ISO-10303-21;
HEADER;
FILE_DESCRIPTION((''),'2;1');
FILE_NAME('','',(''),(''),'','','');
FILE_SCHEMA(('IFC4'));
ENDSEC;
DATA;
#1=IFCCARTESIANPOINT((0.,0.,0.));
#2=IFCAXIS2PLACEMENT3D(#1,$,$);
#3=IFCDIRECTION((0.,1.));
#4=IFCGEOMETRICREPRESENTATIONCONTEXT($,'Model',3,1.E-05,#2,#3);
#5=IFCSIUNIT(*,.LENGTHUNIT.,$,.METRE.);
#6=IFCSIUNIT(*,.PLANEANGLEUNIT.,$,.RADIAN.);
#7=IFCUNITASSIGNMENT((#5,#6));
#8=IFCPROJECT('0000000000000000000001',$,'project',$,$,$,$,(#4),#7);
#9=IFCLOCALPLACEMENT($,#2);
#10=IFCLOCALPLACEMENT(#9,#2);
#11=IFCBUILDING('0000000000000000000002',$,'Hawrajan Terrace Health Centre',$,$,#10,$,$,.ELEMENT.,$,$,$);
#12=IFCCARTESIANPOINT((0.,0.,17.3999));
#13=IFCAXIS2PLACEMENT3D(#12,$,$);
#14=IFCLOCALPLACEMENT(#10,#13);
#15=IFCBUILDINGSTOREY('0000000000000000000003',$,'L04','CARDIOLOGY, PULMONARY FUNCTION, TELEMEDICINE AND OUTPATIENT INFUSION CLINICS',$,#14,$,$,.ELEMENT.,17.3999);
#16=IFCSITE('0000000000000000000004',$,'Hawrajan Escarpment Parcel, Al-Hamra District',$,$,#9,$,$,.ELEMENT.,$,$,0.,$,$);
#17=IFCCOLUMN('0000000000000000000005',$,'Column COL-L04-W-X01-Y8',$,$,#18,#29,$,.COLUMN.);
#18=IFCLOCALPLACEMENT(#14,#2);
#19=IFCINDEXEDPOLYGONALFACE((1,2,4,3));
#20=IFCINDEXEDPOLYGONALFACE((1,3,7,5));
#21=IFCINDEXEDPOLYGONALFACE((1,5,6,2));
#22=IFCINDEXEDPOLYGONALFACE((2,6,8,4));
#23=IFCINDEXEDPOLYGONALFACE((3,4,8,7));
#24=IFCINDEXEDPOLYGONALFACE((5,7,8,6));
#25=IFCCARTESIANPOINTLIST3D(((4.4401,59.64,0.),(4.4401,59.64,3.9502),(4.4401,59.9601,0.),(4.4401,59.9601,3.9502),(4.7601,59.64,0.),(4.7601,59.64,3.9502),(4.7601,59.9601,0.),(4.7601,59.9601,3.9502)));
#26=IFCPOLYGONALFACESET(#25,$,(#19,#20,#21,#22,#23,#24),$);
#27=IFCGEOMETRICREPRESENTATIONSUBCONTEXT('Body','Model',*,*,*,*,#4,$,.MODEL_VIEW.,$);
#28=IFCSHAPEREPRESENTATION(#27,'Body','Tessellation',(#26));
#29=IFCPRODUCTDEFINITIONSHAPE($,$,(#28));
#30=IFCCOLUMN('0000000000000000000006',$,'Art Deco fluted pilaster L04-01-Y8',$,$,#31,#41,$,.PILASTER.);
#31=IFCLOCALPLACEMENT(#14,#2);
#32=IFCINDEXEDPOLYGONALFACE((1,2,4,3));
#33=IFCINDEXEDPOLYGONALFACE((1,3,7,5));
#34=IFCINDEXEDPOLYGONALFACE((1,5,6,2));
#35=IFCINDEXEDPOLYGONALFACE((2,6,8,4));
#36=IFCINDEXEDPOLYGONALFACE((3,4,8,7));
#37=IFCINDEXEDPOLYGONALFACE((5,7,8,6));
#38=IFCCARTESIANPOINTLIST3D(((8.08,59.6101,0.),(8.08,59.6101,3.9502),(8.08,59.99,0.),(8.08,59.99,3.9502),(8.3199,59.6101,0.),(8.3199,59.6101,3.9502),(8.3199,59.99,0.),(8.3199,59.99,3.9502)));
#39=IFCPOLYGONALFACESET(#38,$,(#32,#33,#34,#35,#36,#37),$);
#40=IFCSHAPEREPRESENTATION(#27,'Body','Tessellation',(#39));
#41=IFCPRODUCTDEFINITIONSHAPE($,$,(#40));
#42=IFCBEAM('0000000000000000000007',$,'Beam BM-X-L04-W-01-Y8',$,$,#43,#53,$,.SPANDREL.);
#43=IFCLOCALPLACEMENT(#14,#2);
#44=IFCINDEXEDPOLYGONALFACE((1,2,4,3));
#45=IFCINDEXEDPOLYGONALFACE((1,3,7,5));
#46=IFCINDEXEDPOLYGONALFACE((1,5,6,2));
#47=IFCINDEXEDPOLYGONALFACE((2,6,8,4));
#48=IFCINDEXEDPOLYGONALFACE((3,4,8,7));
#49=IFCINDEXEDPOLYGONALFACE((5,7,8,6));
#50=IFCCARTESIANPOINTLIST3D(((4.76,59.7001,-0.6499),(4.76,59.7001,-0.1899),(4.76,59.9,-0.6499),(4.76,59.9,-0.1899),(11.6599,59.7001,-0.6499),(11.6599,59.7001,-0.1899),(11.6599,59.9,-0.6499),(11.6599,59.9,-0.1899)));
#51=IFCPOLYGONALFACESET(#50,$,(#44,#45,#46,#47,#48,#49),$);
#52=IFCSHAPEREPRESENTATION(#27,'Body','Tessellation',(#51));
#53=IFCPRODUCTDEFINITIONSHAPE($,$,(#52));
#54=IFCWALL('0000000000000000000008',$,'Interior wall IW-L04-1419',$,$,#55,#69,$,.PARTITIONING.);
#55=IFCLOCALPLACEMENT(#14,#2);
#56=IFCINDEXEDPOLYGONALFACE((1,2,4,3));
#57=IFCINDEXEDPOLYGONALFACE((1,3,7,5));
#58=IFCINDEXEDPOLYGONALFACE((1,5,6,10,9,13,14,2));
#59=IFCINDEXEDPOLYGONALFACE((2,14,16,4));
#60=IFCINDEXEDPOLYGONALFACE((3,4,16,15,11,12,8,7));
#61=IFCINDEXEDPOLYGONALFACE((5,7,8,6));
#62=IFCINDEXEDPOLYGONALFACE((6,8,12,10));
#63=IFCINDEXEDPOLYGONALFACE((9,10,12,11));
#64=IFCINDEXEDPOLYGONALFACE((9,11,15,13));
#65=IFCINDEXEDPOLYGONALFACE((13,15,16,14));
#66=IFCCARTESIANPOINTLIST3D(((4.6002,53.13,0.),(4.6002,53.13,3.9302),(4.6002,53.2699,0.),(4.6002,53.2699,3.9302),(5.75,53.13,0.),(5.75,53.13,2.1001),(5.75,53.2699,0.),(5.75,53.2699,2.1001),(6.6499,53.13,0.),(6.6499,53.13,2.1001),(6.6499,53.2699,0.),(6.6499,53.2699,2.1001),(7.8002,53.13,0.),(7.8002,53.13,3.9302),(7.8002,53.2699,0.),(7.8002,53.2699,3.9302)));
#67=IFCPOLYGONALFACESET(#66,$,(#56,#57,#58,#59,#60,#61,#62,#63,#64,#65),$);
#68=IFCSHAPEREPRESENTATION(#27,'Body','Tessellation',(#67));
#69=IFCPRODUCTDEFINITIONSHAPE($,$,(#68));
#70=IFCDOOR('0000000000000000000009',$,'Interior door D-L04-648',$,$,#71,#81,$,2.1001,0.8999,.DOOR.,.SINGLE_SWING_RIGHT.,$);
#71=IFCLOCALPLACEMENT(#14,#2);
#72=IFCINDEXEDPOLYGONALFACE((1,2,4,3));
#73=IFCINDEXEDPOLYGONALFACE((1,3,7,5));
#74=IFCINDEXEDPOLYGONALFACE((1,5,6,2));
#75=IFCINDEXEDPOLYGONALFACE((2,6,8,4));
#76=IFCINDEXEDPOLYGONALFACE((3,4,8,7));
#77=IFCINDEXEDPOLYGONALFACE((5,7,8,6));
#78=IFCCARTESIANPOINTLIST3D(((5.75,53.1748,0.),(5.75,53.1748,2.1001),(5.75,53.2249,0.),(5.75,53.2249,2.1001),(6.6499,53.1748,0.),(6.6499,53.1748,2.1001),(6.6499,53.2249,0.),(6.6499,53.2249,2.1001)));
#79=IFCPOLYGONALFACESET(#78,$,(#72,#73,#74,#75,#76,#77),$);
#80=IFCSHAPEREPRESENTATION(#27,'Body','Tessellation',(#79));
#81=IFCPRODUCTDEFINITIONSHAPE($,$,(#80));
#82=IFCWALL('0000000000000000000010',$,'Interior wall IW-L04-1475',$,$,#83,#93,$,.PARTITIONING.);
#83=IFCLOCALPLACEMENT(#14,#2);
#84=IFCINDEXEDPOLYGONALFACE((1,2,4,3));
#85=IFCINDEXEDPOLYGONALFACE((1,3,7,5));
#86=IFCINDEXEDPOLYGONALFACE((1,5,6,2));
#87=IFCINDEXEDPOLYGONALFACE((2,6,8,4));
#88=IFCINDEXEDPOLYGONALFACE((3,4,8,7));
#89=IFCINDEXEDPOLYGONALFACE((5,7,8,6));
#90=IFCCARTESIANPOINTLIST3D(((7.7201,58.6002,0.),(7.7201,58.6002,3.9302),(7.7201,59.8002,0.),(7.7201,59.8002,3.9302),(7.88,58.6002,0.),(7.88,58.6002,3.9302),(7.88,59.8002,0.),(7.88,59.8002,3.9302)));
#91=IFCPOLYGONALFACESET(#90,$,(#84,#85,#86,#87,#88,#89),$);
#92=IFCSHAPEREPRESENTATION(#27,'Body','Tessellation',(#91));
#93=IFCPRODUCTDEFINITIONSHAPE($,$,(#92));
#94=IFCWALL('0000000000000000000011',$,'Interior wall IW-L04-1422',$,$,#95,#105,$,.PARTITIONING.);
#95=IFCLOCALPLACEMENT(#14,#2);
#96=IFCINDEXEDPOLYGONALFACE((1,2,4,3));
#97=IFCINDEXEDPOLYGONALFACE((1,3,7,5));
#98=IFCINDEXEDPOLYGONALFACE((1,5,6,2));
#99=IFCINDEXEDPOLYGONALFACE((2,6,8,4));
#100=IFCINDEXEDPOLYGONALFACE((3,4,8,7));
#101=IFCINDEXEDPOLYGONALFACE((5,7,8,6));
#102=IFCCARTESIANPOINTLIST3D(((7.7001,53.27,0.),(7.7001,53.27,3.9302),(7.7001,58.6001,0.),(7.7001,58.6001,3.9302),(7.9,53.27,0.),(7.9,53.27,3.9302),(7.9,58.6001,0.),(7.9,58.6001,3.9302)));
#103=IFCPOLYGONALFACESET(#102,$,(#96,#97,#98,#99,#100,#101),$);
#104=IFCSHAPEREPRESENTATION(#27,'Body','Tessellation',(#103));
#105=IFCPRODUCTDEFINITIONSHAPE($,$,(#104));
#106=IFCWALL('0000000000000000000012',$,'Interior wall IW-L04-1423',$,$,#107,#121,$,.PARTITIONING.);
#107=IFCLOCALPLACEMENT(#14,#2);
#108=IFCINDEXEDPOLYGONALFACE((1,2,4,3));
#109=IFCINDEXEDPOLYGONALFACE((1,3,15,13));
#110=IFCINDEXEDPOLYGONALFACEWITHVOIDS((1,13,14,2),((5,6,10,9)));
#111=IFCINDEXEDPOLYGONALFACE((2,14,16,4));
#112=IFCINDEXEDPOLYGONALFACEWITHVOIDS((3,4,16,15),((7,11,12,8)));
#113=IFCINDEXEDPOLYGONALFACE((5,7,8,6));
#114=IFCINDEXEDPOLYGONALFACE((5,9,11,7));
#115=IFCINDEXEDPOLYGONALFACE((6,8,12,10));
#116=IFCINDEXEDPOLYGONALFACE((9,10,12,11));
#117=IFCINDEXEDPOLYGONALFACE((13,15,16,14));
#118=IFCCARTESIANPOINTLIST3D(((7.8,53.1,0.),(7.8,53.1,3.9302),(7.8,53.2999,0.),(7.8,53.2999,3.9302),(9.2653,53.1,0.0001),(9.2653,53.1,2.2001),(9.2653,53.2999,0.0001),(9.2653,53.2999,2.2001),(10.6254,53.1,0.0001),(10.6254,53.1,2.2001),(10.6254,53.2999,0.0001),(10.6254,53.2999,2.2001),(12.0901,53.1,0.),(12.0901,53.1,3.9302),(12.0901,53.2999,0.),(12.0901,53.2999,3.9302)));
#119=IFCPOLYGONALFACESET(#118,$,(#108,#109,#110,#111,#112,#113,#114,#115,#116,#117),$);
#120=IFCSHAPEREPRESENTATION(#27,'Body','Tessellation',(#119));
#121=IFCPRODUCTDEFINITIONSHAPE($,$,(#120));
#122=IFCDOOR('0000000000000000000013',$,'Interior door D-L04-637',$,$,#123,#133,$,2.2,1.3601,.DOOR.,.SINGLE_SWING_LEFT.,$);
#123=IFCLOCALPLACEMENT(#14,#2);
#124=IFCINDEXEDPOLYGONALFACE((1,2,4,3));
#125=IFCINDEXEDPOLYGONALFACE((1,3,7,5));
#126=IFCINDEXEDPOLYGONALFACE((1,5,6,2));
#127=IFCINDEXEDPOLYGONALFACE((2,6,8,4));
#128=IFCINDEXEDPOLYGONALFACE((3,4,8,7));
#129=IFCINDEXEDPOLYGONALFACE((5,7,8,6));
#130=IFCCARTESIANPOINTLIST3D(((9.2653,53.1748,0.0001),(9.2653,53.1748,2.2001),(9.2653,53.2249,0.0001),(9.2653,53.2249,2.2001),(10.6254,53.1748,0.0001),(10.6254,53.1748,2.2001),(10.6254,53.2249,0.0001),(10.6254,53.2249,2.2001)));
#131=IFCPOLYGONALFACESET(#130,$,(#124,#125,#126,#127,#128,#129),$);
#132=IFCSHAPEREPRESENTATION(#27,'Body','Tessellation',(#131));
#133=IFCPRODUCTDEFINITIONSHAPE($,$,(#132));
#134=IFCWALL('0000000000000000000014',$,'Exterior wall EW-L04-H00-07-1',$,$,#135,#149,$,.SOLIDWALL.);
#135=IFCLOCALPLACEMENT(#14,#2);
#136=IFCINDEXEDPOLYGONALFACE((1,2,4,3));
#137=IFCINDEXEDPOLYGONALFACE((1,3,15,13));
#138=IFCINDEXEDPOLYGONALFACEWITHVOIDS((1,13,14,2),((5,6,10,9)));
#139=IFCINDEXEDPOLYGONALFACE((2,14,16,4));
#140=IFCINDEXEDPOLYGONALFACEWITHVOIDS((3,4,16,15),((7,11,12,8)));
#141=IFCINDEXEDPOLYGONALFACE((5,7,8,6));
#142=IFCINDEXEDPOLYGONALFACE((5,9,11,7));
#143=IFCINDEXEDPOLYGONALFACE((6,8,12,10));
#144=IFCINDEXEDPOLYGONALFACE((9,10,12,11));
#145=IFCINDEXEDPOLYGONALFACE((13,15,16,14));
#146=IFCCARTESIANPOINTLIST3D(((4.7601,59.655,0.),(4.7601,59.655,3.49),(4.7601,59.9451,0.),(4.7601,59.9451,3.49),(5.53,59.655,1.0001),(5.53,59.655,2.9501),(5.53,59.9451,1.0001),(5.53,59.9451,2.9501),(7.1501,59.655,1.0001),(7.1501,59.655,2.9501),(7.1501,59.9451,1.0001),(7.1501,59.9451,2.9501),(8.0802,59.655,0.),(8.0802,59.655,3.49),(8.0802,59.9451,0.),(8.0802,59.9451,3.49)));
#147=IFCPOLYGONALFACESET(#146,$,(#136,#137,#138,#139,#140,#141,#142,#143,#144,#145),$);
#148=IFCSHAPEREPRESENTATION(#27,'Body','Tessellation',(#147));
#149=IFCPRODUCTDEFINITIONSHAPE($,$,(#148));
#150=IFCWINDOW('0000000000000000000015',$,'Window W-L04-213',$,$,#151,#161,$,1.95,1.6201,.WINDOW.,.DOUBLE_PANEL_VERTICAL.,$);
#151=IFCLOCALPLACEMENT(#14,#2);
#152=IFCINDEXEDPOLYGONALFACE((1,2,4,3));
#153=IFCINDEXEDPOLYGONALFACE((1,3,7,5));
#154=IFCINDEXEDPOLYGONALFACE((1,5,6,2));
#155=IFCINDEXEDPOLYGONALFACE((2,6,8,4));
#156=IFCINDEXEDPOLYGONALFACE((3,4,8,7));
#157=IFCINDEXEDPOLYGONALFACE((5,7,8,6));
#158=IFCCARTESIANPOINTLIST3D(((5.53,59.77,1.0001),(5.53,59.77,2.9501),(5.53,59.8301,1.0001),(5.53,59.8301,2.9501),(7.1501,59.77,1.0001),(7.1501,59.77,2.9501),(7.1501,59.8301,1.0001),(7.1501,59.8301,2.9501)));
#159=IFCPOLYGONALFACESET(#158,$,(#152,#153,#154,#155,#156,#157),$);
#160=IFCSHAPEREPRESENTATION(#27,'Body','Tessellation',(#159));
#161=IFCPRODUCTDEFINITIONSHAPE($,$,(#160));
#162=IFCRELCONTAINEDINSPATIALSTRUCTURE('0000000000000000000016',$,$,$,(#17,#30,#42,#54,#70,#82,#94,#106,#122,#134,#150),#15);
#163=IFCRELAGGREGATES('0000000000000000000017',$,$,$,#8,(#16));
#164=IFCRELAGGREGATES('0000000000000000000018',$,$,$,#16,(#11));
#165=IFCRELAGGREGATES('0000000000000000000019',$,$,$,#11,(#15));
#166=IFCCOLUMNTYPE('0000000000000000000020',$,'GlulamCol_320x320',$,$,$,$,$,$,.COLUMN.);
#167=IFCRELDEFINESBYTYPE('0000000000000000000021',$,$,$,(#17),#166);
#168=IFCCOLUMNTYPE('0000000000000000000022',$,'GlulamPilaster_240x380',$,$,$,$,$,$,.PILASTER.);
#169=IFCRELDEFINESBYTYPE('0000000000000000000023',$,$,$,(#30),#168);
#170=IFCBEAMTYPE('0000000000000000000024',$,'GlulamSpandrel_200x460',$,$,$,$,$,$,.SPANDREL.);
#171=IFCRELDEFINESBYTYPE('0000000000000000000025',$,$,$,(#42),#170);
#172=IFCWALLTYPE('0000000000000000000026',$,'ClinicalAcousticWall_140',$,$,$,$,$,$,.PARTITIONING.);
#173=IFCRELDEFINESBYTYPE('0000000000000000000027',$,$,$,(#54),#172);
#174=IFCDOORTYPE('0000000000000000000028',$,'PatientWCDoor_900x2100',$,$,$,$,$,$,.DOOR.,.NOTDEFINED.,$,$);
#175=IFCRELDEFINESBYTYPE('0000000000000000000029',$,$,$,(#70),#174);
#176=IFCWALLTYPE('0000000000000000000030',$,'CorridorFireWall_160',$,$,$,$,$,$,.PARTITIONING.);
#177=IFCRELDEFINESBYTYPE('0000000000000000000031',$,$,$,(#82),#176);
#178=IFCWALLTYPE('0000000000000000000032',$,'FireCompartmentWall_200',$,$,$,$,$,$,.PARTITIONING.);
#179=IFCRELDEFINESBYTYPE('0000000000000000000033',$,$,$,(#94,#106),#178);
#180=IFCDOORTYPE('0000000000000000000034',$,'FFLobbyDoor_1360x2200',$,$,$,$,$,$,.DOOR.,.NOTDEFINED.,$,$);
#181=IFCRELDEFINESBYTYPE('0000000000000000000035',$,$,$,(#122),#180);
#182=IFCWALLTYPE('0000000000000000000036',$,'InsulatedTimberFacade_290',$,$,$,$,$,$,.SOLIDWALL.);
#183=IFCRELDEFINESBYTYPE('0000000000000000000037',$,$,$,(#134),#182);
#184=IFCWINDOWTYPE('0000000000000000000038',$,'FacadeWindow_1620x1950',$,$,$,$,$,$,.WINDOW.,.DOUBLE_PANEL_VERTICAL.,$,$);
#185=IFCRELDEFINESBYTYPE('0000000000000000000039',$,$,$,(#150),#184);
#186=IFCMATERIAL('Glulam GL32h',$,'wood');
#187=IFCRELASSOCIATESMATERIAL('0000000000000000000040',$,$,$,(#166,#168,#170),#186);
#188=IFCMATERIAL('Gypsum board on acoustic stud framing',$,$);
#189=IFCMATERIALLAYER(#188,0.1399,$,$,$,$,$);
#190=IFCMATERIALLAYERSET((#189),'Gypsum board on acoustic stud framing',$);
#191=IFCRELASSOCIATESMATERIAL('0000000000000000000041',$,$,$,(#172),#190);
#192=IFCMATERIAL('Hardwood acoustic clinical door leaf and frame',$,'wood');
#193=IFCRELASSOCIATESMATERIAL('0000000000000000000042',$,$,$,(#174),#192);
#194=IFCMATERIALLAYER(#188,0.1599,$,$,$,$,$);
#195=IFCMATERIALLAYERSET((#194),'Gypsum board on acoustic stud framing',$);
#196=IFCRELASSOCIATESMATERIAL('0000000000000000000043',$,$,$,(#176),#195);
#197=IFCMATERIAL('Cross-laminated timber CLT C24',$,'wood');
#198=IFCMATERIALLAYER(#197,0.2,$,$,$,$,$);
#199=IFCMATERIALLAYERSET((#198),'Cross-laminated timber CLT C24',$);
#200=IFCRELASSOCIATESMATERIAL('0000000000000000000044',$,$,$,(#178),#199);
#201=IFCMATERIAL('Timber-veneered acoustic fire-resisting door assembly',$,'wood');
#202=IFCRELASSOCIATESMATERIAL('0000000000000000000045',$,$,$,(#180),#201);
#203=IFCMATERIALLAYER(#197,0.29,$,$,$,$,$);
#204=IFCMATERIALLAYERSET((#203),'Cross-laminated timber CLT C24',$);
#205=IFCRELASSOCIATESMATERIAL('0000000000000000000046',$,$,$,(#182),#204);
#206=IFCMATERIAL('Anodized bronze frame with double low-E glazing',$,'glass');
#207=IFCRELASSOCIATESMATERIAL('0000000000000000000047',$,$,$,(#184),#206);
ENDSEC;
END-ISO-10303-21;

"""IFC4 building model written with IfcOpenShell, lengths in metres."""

from ifc_helpers import new_model, si_unit, direction, frame, frame_2d, origin, origin_2d, place, context, subcontext, project, spatial, rectangle, extrude, material, layer, layer_set, material_profile, profile_set, type_object, element, fill, save


model = new_model("IFC4")

# Units and contexts
model_context = context("Model", 3, precision=1e-05, world=origin(), true_north=direction((0.0, 1.0)))
body_context = subcontext(model_context, "Body", "Model", "MODEL_VIEW")
ifc_project = project(units=[si_unit("LENGTHUNIT", "METRE"), si_unit("PLANEANGLEUNIT", "RADIAN")], contexts=[model_context])

# Site, building, storey
site_placement = place(None, origin())
site = spatial("IfcSite", under=ifc_project, at=site_placement, Name="Hawrajan Escarpment Parcel, Al-Hamra District", CompositionType="ELEMENT", RefElevation=0.0)
building_placement = place(site_placement, origin())
building = spatial("IfcBuilding", under=site, at=building_placement, Name="Hawrajan Terrace Health Centre", CompositionType="ELEMENT")
storey_placement = place(building_placement, frame((0.0, 0.0, 17.3999)))
storey = spatial("IfcBuildingStorey", under=building, at=storey_placement, Name="L04", Description="CARDIOLOGY, PULMONARY FUNCTION, TELEMEDICINE AND OUTPATIENT INFUSION CLINICS", CompositionType="ELEMENT", Elevation=17.3999)

# Columns
ifc_material_1 = material(Name="Glulam GL32h", Category="wood")
ifc_material_profile_1 = material_profile(ifc_material_1, rectangle(XDim=0.3201, YDim=0.3201, at=origin_2d()), Name="GL 320x320")
ifc_profile_set_1 = profile_set([ifc_material_profile_1], Name="Glulam GL32h")
column_type_1 = type_object("IfcColumnType", Name="GlulamCol_320x320", PredefinedType="COLUMN", material=ifc_profile_set_1)
column_1_placement = place(storey_placement, frame((4.6001, 59.8, 0.0), z_axis=(0.0, 0.0, 1.0), x_axis=(1.0, 0.0, 0.0)))
element("IfcColumn", 1, at=column_1_placement, inside=storey, type_object=column_type_1, Name="Column COL-L04-W-X01-Y8", PredefinedType="COLUMN", context=body_context, shape_type="SweptSolid", body=[
    extrude(rectangle(XDim=0.3201, YDim=0.3201, at=origin_2d()), origin(), (0.0, 0.0, 1.0), 3.9502),
])
ifc_material_profile_2 = material_profile(ifc_material_1, rectangle(XDim=0.24, YDim=0.3799, at=origin_2d()), Name="GL PIL 240x380")
ifc_profile_set_2 = profile_set([ifc_material_profile_2], Name="Glulam GL32h")
column_type_2 = type_object("IfcColumnType", Name="GlulamPilaster_240x380", PredefinedType="PILASTER", material=ifc_profile_set_2)
column_2_placement = place(storey_placement, frame((8.2, 59.8, 0.0), z_axis=(0.0, 0.0, 1.0), x_axis=(1.0, 0.0, 0.0)))
element("IfcColumn", 2, at=column_2_placement, inside=storey, type_object=column_type_2, Name="Art Deco fluted pilaster L04-01-Y8", PredefinedType="PILASTER", context=body_context, shape_type="SweptSolid", body=[
    extrude(rectangle(XDim=0.24, YDim=0.3799, at=origin_2d()), origin(), (0.0, 0.0, 1.0), 3.9502),
])

# Beam
ifc_material_profile_3 = material_profile(ifc_material_1, rectangle(XDim=0.2, YDim=0.46, at=origin_2d()), Name="GL SP 200x460")
ifc_profile_set_3 = profile_set([ifc_material_profile_3], Name="Glulam GL32h")
beam_type = type_object("IfcBeamType", Name="GlulamSpandrel_200x460", PredefinedType="SPANDREL", material=ifc_profile_set_3)
beam_placement = place(storey_placement, frame((4.76, 59.8, -0.4199), z_axis=(1.0, 0.0, 0.0), x_axis=(0.0, 1.0, 0.0)))
element("IfcBeam", 3, at=beam_placement, inside=storey, type_object=beam_type, Name="Beam BM-X-L04-W-01-Y8", PredefinedType="SPANDREL", context=body_context, shape_type="SweptSolid", body=[
    extrude(rectangle(XDim=0.2, YDim=0.46, at=origin_2d()), origin(), (0.0, 0.0, 1.0), 6.8999),
])

# Wall, opening, door
ifc_material_2 = material(Name="Gypsum board on acoustic stud framing")
ifc_layer_1 = layer(ifc_material_2, 0.1399)
ifc_layer_set_1 = layer_set([ifc_layer_1], Name="Gypsum board on acoustic stud framing")
wall_type_1 = type_object("IfcWallType", Name="ClinicalAcousticWall_140", PredefinedType="PARTITIONING", material=ifc_layer_set_1)
wall_1_placement = place(storey_placement, frame((4.6001, 53.2, 0.0), z_axis=(0.0, 0.0, 1.0), x_axis=(1.0, 0.0, 0.0)))
wall_1 = element("IfcWall", 4, at=wall_1_placement, inside=storey, type_object=wall_type_1, Name="Interior wall IW-L04-1419", PredefinedType="PARTITIONING", context=body_context, shape_type="SweptSolid", body=[
    extrude(rectangle(XDim=3.2, YDim=0.1399, at=frame_2d((1.6001, 0.0))), origin(), (0.0, 0.0, 1.0), 3.9302),
])
opening_1_placement = place(wall_1_placement, frame((1.1499, 0.0, 0.0)))
opening_1 = element("IfcOpeningElement", 5, at=opening_1_placement, cuts=wall_1, PredefinedType="OPENING", context=body_context, shape_type="SweptSolid", body=[
    extrude(rectangle(XDim=0.8999, YDim=2.1001, at=frame_2d((0.45, 1.05))), frame((0.0, 0.0798, 0.0), z_axis=(0.0, -1.0, 0.0), x_axis=(1.0, 0.0, 0.0)), (0.0, 0.0, 1.0), 0.1599),
])
ifc_material_3 = material(Name="Hardwood acoustic clinical door leaf and frame", Category="wood")
door_type_1 = type_object("IfcDoorType", Name="PatientWCDoor_900x2100", OperationType="NOTDEFINED", PredefinedType="DOOR", material=ifc_material_3)
door_1_placement = place(opening_1_placement, origin())
door_1 = element("IfcDoor", 6, at=door_1_placement, inside=storey, type_object=door_type_1, Name="Interior door D-L04-648", OperationType="SINGLE_SWING_RIGHT", OverallHeight=2.1001, OverallWidth=0.8999, PredefinedType="DOOR", context=body_context, shape_type="SweptSolid", body=[
    extrude(rectangle(XDim=0.8999, YDim=2.1001, at=frame_2d((0.45, 1.05))), frame((0.0, 0.0249, 0.0), z_axis=(0.0, -1.0, 0.0), x_axis=(1.0, 0.0, 0.0)), (0.0, 0.0, 1.0), 0.05),
])
fill(opening_1, door_1)

# Walls
ifc_layer_2 = layer(ifc_material_2, 0.1599)
ifc_layer_set_2 = layer_set([ifc_layer_2], Name="Gypsum board on acoustic stud framing")
wall_type_2 = type_object("IfcWallType", Name="CorridorFireWall_160", PredefinedType="PARTITIONING", material=ifc_layer_set_2)
wall_2_placement = place(storey_placement, frame((7.8, 58.6001, 0.0), z_axis=(0.0, 0.0, 1.0), x_axis=(0.0, 1.0, 0.0)))
element("IfcWall", 7, at=wall_2_placement, inside=storey, type_object=wall_type_2, Name="Interior wall IW-L04-1475", PredefinedType="PARTITIONING", context=body_context, shape_type="SweptSolid", body=[
    extrude(rectangle(XDim=1.2, YDim=0.1599, at=frame_2d((0.6001, 0.0))), origin(), (0.0, 0.0, 1.0), 3.9302),
])
ifc_material_4 = material(Name="Cross-laminated timber CLT C24", Category="wood")
ifc_layer_3 = layer(ifc_material_4, 0.2)
ifc_layer_set_3 = layer_set([ifc_layer_3], Name="Cross-laminated timber CLT C24")
wall_type_3 = type_object("IfcWallType", Name="FireCompartmentWall_200", PredefinedType="PARTITIONING", material=ifc_layer_set_3)
wall_3_placement = place(storey_placement, frame((7.8, 53.27, 0.0), z_axis=(0.0, 0.0, 1.0), x_axis=(0.0, 1.0, 0.0)))
element("IfcWall", 8, at=wall_3_placement, inside=storey, type_object=wall_type_3, Name="Interior wall IW-L04-1422", PredefinedType="PARTITIONING", context=body_context, shape_type="SweptSolid", body=[
    extrude(rectangle(XDim=5.3301, YDim=0.2, at=frame_2d((2.665, 0.0))), origin(), (0.0, 0.0, 1.0), 3.9302),
])

# Wall, opening, door
wall_4_placement = place(storey_placement, frame((7.8, 53.2, 0.0), z_axis=(0.0, 0.0, 1.0), x_axis=(1.0, 0.0, 0.0)))
wall_4 = element("IfcWall", 9, at=wall_4_placement, inside=storey, type_object=wall_type_3, Name="Interior wall IW-L04-1423", PredefinedType="PARTITIONING", context=body_context, shape_type="SweptSolid", body=[
    extrude(rectangle(XDim=4.29, YDim=0.2, at=frame_2d((2.145, 0.0))), origin(), (0.0, 0.0, 1.0), 3.9302),
])
opening_2_placement = place(wall_4_placement, frame((1.4651, 0.0, 0.0)))
opening_2 = element("IfcOpeningElement", 10, at=opening_2_placement, cuts=wall_4, PredefinedType="OPENING", context=body_context, shape_type="SweptSolid", body=[
    extrude(rectangle(XDim=1.3601, YDim=2.2, at=frame_2d((0.6802, 1.1001))), frame((0.0, 0.1099, 0.0), z_axis=(0.0, -1.0, 0.0), x_axis=(1.0, 0.0, 0.0)), (0.0, 0.0, 1.0), 0.22),
])
ifc_material_5 = material(Name="Timber-veneered acoustic fire-resisting door assembly", Category="wood")
door_type_2 = type_object("IfcDoorType", Name="FFLobbyDoor_1360x2200", OperationType="NOTDEFINED", PredefinedType="DOOR", material=ifc_material_5)
door_2_placement = place(opening_2_placement, origin())
door_2 = element("IfcDoor", 11, at=door_2_placement, inside=storey, type_object=door_type_2, Name="Interior door D-L04-637", OperationType="SINGLE_SWING_LEFT", OverallHeight=2.2, OverallWidth=1.3601, PredefinedType="DOOR", context=body_context, shape_type="SweptSolid", body=[
    extrude(rectangle(XDim=1.3601, YDim=2.2, at=frame_2d((0.6802, 1.1001))), frame((0.0, 0.0249, 0.0), z_axis=(0.0, -1.0, 0.0), x_axis=(1.0, 0.0, 0.0)), (0.0, 0.0, 1.0), 0.05),
])
fill(opening_2, door_2)

# Wall, opening, window
ifc_layer_4 = layer(ifc_material_4, 0.29)
ifc_layer_set_4 = layer_set([ifc_layer_4], Name="Cross-laminated timber CLT C24")
wall_type_4 = type_object("IfcWallType", Name="InsulatedTimberFacade_290", PredefinedType="SOLIDWALL", material=ifc_layer_set_4)
wall_5_placement = place(storey_placement, frame((4.76, 59.8, 0.0), z_axis=(0.0, 0.0, 1.0), x_axis=(1.0, 0.0, 0.0)))
wall_5 = element("IfcWall", 12, at=wall_5_placement, inside=storey, type_object=wall_type_4, Name="Exterior wall EW-L04-H00-07-1", PredefinedType="SOLIDWALL", context=body_context, shape_type="SweptSolid", body=[
    extrude(rectangle(XDim=3.3201, YDim=0.29, at=frame_2d((1.6602, 0.0))), origin(), (0.0, 0.0, 1.0), 3.49),
])
opening_3_placement = place(wall_5_placement, frame((0.77, 0.0, 1.0)))
opening_3 = element("IfcOpeningElement", 13, at=opening_3_placement, cuts=wall_5, PredefinedType="OPENING", context=body_context, shape_type="SweptSolid", body=[
    extrude(rectangle(XDim=1.6201, YDim=1.95, at=frame_2d((0.8101, 0.9751))), frame((0.0, 0.155, 0.0), z_axis=(0.0, -1.0, 0.0), x_axis=(1.0, 0.0, 0.0)), (0.0, 0.0, 1.0), 0.3101),
])
ifc_material_6 = material(Name="Anodized bronze frame with double low-E glazing", Category="glass")
window_type_1 = type_object("IfcWindowType", Name="FacadeWindow_1620x1950", PartitioningType="DOUBLE_PANEL_VERTICAL", PredefinedType="WINDOW", material=ifc_material_6)
window_1_placement = place(opening_3_placement, origin())
window_1 = element("IfcWindow", 14, at=window_1_placement, inside=storey, type_object=window_type_1, Name="Window W-L04-213", OverallHeight=1.95, OverallWidth=1.6201, PartitioningType="DOUBLE_PANEL_VERTICAL", PredefinedType="WINDOW", context=body_context, shape_type="SweptSolid", body=[
    extrude(rectangle(XDim=1.6201, YDim=1.95, at=frame_2d((0.8101, 0.9751))), frame((0.0, 0.03, 0.0), z_axis=(0.0, -1.0, 0.0), x_axis=(1.0, 0.0, 0.0)), (0.0, 0.0, 1.0), 0.0601),
])
fill(opening_3, window_1)

save(model, "model.ifc")
